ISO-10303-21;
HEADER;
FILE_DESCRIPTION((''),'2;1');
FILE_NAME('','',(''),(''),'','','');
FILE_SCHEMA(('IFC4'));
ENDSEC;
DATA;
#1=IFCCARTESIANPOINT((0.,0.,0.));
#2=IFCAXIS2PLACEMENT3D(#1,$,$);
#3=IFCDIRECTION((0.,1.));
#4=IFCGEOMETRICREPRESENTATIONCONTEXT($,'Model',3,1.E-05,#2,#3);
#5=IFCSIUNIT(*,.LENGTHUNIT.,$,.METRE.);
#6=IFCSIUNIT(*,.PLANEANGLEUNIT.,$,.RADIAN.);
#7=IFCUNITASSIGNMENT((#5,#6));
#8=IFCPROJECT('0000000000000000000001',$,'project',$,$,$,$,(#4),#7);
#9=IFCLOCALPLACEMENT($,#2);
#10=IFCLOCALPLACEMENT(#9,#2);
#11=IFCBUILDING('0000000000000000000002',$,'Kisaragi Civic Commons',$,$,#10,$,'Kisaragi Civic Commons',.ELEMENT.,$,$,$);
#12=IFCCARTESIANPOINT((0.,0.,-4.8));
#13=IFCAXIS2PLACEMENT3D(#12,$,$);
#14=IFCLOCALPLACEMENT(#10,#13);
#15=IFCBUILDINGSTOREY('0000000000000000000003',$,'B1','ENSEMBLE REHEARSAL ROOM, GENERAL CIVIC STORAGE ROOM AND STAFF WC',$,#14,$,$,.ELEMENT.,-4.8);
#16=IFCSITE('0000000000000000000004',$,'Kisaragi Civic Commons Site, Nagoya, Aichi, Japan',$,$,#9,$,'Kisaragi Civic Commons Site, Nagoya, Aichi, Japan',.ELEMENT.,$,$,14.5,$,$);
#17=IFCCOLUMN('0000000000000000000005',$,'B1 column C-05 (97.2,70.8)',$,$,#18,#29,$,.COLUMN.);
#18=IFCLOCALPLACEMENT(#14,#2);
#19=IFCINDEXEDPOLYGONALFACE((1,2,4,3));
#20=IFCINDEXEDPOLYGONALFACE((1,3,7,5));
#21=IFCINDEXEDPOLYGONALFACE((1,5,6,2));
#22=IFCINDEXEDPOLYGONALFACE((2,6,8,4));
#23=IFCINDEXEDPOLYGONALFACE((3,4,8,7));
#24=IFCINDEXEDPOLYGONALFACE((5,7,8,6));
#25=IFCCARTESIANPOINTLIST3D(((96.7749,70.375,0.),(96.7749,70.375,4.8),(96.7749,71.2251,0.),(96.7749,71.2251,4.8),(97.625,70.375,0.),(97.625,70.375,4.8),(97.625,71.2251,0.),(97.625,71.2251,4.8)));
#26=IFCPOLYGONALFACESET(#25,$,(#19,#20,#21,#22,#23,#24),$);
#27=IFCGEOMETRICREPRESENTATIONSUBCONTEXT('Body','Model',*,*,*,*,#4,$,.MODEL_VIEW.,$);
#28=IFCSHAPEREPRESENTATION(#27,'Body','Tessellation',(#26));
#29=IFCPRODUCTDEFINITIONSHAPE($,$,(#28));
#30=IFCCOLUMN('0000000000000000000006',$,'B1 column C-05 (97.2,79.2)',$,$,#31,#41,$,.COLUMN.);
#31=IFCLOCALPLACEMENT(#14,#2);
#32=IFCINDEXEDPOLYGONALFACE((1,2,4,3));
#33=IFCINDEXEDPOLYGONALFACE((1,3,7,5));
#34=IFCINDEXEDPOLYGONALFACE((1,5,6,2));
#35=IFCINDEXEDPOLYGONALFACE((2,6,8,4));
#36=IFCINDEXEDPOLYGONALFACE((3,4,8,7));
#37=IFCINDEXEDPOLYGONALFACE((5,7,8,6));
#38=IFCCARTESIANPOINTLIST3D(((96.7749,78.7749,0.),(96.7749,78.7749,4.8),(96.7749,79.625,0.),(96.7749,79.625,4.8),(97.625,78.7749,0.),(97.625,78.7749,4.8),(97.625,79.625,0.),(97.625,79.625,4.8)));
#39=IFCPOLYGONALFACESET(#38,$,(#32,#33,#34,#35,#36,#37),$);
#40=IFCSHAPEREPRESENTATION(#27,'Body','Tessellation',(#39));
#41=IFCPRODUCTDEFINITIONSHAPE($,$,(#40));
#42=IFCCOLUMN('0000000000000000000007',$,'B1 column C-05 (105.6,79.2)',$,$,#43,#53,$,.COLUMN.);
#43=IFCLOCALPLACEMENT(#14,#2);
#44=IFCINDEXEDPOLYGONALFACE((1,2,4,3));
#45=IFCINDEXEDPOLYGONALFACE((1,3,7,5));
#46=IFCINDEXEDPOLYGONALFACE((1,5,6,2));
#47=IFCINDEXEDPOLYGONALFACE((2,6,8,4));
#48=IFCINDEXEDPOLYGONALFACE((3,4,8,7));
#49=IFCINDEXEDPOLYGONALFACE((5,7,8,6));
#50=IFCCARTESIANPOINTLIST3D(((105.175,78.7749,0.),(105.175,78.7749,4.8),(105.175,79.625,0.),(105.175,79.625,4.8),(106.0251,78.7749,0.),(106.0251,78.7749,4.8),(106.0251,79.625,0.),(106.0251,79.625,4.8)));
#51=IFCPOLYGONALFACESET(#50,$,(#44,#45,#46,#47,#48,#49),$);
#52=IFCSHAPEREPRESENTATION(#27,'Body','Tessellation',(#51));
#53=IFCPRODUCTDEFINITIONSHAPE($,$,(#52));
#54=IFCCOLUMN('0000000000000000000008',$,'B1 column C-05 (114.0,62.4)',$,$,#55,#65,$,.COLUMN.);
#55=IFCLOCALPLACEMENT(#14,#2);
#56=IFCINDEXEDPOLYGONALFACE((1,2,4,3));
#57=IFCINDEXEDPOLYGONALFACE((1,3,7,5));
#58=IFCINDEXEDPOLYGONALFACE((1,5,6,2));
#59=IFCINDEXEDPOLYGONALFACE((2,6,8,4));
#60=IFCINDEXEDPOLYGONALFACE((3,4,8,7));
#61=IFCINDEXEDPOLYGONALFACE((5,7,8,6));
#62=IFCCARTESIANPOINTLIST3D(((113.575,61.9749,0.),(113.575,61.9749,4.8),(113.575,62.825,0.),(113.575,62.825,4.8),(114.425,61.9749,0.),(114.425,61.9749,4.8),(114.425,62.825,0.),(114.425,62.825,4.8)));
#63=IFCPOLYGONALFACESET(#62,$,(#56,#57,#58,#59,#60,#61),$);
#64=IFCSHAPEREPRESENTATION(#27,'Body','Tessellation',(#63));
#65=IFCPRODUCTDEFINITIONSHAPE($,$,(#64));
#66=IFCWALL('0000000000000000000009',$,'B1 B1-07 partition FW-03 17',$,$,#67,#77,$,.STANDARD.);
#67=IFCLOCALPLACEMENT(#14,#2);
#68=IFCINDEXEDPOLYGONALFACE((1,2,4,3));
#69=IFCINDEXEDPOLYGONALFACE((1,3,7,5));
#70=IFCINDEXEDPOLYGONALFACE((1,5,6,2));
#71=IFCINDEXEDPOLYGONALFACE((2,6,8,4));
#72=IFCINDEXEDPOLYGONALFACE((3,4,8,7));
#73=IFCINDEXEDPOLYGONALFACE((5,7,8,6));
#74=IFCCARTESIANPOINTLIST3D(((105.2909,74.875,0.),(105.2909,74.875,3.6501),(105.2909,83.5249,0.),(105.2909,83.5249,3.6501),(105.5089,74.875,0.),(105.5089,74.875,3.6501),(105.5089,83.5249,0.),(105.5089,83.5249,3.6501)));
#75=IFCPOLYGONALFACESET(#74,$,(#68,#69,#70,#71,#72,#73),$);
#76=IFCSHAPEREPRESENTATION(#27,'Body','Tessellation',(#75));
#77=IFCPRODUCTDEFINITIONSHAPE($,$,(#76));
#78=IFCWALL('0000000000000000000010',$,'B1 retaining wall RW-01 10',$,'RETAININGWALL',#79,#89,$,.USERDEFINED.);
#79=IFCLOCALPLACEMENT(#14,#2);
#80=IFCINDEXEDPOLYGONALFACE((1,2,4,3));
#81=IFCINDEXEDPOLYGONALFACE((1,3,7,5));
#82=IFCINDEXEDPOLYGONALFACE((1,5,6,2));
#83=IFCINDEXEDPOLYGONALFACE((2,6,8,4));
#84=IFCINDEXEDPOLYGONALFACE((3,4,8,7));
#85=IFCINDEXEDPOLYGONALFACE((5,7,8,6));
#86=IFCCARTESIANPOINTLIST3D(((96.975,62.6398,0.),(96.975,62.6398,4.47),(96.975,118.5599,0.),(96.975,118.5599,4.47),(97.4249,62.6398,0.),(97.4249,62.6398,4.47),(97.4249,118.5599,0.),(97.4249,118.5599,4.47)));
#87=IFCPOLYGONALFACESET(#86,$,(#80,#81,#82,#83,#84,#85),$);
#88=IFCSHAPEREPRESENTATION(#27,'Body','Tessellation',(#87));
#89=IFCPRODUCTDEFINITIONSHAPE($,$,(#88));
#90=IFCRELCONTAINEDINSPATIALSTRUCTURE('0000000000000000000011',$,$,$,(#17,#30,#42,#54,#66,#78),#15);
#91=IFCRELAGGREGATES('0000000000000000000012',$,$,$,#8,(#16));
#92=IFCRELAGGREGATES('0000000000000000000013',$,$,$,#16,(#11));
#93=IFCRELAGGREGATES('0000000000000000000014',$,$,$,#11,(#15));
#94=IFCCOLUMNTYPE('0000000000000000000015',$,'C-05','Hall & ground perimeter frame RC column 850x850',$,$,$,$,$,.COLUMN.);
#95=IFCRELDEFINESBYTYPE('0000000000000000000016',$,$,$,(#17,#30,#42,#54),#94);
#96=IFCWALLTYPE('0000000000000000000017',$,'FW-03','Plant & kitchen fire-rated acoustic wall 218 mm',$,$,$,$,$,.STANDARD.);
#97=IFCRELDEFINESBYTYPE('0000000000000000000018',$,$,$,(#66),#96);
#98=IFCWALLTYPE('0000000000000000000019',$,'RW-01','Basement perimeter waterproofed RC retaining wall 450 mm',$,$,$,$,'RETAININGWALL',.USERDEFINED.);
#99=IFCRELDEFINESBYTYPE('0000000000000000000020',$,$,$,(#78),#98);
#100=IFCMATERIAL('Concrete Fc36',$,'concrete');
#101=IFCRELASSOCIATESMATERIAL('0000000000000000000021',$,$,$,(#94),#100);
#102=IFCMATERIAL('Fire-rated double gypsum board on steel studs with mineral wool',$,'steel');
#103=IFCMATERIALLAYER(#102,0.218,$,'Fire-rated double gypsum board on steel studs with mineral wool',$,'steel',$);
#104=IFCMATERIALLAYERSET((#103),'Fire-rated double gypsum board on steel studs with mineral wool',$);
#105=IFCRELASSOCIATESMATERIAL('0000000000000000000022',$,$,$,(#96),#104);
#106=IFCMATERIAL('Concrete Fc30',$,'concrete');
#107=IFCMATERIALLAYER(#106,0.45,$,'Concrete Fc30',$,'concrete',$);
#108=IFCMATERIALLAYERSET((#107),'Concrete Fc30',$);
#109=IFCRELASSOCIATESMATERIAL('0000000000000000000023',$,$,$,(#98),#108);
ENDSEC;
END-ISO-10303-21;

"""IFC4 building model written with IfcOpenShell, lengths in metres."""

from ifc_helpers import new_model, si_unit, direction, frame, frame_2d, origin, origin_2d, place, context, subcontext, project, spatial, rectangle, extrude, material, layer, layer_set, material_profile, profile_set, type_object, element, save


model = new_model("IFC4")

# Units and contexts
model_context = context("Model", 3, precision=1e-05, world=origin(), true_north=direction((0.0, 1.0)))
body_context = subcontext(model_context, "Body", "Model", "MODEL_VIEW")
ifc_project = project(units=[si_unit("LENGTHUNIT", "METRE"), si_unit("PLANEANGLEUNIT", "RADIAN")], contexts=[model_context])

# Site, building, storey
site_placement = place(None, origin())
site = spatial("IfcSite", under=ifc_project, at=site_placement, Name="Kisaragi Civic Commons Site, Nagoya, Aichi, Japan", LongName="Kisaragi Civic Commons Site, Nagoya, Aichi, Japan", CompositionType="ELEMENT", RefElevation=14.5)
building_placement = place(site_placement, origin())
building = spatial("IfcBuilding", under=site, at=building_placement, Name="Kisaragi Civic Commons", LongName="Kisaragi Civic Commons", CompositionType="ELEMENT")
storey_placement = place(building_placement, frame((0.0, 0.0, -4.8)))
storey = spatial("IfcBuildingStorey", under=building, at=storey_placement, Name="B1", Description="ENSEMBLE REHEARSAL ROOM, GENERAL CIVIC STORAGE ROOM AND STAFF WC", CompositionType="ELEMENT", Elevation=-4.8)

# Shared definitions
ifc_material_1 = material(Name="Concrete Fc36", Category="concrete")

# Columns
ifc_material_profile_1 = material_profile(ifc_material_1, rectangle(XDim=0.8501, YDim=0.8501, at=origin_2d()), Name="RC-850x850", Category="concrete")
ifc_profile_set_1 = profile_set([ifc_material_profile_1], Name="Concrete Fc36")
column_type_1 = type_object("IfcColumnType", Name="C-05", Description="Hall & ground perimeter frame RC column 850x850", PredefinedType="COLUMN", material=ifc_profile_set_1)
for number, where, z_axis, x_axis, name in (
    (1, (97.2, 70.8, 0.0), (0.0, 0.0, 1.0), (1.0, 0.0, 0.0), "B1 column C-05 (97.2,70.8)"),
    (2, (97.2, 79.2, 0.0), (0.0, 0.0, 1.0), (1.0, 0.0, 0.0), "B1 column C-05 (97.2,79.2)"),
    (3, (105.6001, 79.2, 0.0), (0.0, 0.0, 1.0), (1.0, 0.0, 0.0), "B1 column C-05 (105.6,79.2)"),
    (4, (114.0, 62.3999, 0.0), (0.0, 0.0, 1.0), (1.0, 0.0, 0.0), "B1 column C-05 (114.0,62.4)"),
):
    element("IfcColumn", number, at=place(storey_placement, frame(where, z_axis=z_axis, x_axis=x_axis)), inside=storey, type_object=column_type_1, Name=name, PredefinedType="COLUMN", context=body_context, shape_type="SweptSolid", body=[
        extrude(rectangle(XDim=0.8501, YDim=0.8501, at=origin_2d()), origin(), (0.0, 0.0, 1.0), 4.8),
    ])

# Walls
ifc_material_2 = material(Name="Fire-rated double gypsum board on steel studs with mineral wool", Category="steel")
ifc_layer_1 = layer(ifc_material_2, 0.218, Name="Fire-rated double gypsum board on steel studs with mineral wool", Category="steel")
ifc_layer_set_1 = layer_set([ifc_layer_1], Name="Fire-rated double gypsum board on steel studs with mineral wool")
wall_type_1 = type_object("IfcWallType", Name="FW-03", Description="Plant & kitchen fire-rated acoustic wall 218 mm", PredefinedType="STANDARD", material=ifc_layer_set_1)
wall_1_placement = place(storey_placement, frame((105.3999, 74.875, 0.0), z_axis=(0.0, 0.0, 1.0), x_axis=(0.0, 1.0, 0.0)))
element("IfcWall", 5, at=wall_1_placement, inside=storey, type_object=wall_type_1, Name="B1 B1-07 partition FW-03 17", PredefinedType="STANDARD", context=body_context, shape_type="SweptSolid", body=[
    extrude(rectangle(XDim=8.6499, YDim=0.218, at=frame_2d((4.325, 0.0))), origin(), (0.0, 0.0, 1.0), 3.6501),
])
ifc_material_3 = material(Name="Concrete Fc30", Category="concrete")
ifc_layer_2 = layer(ifc_material_3, 0.45, Name="Concrete Fc30", Category="concrete")
ifc_layer_set_2 = layer_set([ifc_layer_2], Name="Concrete Fc30")
wall_type_2 = type_object("IfcWallType", Name="RW-01", Description="Basement perimeter waterproofed RC retaining wall 450 mm", ElementType="RETAININGWALL", PredefinedType="USERDEFINED", material=ifc_layer_set_2)
wall_2_placement = place(storey_placement, frame((97.2, 62.6399, 0.0), z_axis=(0.0, 0.0, 1.0), x_axis=(0.0, 1.0, 0.0)))
element("IfcWall", 6, at=wall_2_placement, inside=storey, type_object=wall_type_2, Name="B1 retaining wall RW-01 10", ObjectType="RETAININGWALL", PredefinedType="USERDEFINED", context=body_context, shape_type="SweptSolid", body=[
    extrude(rectangle(XDim=55.9202, YDim=0.45, at=frame_2d((27.96, 0.0))), origin(), (0.0, 0.0, 1.0), 4.47),
])

save(model, "model.ifc")
